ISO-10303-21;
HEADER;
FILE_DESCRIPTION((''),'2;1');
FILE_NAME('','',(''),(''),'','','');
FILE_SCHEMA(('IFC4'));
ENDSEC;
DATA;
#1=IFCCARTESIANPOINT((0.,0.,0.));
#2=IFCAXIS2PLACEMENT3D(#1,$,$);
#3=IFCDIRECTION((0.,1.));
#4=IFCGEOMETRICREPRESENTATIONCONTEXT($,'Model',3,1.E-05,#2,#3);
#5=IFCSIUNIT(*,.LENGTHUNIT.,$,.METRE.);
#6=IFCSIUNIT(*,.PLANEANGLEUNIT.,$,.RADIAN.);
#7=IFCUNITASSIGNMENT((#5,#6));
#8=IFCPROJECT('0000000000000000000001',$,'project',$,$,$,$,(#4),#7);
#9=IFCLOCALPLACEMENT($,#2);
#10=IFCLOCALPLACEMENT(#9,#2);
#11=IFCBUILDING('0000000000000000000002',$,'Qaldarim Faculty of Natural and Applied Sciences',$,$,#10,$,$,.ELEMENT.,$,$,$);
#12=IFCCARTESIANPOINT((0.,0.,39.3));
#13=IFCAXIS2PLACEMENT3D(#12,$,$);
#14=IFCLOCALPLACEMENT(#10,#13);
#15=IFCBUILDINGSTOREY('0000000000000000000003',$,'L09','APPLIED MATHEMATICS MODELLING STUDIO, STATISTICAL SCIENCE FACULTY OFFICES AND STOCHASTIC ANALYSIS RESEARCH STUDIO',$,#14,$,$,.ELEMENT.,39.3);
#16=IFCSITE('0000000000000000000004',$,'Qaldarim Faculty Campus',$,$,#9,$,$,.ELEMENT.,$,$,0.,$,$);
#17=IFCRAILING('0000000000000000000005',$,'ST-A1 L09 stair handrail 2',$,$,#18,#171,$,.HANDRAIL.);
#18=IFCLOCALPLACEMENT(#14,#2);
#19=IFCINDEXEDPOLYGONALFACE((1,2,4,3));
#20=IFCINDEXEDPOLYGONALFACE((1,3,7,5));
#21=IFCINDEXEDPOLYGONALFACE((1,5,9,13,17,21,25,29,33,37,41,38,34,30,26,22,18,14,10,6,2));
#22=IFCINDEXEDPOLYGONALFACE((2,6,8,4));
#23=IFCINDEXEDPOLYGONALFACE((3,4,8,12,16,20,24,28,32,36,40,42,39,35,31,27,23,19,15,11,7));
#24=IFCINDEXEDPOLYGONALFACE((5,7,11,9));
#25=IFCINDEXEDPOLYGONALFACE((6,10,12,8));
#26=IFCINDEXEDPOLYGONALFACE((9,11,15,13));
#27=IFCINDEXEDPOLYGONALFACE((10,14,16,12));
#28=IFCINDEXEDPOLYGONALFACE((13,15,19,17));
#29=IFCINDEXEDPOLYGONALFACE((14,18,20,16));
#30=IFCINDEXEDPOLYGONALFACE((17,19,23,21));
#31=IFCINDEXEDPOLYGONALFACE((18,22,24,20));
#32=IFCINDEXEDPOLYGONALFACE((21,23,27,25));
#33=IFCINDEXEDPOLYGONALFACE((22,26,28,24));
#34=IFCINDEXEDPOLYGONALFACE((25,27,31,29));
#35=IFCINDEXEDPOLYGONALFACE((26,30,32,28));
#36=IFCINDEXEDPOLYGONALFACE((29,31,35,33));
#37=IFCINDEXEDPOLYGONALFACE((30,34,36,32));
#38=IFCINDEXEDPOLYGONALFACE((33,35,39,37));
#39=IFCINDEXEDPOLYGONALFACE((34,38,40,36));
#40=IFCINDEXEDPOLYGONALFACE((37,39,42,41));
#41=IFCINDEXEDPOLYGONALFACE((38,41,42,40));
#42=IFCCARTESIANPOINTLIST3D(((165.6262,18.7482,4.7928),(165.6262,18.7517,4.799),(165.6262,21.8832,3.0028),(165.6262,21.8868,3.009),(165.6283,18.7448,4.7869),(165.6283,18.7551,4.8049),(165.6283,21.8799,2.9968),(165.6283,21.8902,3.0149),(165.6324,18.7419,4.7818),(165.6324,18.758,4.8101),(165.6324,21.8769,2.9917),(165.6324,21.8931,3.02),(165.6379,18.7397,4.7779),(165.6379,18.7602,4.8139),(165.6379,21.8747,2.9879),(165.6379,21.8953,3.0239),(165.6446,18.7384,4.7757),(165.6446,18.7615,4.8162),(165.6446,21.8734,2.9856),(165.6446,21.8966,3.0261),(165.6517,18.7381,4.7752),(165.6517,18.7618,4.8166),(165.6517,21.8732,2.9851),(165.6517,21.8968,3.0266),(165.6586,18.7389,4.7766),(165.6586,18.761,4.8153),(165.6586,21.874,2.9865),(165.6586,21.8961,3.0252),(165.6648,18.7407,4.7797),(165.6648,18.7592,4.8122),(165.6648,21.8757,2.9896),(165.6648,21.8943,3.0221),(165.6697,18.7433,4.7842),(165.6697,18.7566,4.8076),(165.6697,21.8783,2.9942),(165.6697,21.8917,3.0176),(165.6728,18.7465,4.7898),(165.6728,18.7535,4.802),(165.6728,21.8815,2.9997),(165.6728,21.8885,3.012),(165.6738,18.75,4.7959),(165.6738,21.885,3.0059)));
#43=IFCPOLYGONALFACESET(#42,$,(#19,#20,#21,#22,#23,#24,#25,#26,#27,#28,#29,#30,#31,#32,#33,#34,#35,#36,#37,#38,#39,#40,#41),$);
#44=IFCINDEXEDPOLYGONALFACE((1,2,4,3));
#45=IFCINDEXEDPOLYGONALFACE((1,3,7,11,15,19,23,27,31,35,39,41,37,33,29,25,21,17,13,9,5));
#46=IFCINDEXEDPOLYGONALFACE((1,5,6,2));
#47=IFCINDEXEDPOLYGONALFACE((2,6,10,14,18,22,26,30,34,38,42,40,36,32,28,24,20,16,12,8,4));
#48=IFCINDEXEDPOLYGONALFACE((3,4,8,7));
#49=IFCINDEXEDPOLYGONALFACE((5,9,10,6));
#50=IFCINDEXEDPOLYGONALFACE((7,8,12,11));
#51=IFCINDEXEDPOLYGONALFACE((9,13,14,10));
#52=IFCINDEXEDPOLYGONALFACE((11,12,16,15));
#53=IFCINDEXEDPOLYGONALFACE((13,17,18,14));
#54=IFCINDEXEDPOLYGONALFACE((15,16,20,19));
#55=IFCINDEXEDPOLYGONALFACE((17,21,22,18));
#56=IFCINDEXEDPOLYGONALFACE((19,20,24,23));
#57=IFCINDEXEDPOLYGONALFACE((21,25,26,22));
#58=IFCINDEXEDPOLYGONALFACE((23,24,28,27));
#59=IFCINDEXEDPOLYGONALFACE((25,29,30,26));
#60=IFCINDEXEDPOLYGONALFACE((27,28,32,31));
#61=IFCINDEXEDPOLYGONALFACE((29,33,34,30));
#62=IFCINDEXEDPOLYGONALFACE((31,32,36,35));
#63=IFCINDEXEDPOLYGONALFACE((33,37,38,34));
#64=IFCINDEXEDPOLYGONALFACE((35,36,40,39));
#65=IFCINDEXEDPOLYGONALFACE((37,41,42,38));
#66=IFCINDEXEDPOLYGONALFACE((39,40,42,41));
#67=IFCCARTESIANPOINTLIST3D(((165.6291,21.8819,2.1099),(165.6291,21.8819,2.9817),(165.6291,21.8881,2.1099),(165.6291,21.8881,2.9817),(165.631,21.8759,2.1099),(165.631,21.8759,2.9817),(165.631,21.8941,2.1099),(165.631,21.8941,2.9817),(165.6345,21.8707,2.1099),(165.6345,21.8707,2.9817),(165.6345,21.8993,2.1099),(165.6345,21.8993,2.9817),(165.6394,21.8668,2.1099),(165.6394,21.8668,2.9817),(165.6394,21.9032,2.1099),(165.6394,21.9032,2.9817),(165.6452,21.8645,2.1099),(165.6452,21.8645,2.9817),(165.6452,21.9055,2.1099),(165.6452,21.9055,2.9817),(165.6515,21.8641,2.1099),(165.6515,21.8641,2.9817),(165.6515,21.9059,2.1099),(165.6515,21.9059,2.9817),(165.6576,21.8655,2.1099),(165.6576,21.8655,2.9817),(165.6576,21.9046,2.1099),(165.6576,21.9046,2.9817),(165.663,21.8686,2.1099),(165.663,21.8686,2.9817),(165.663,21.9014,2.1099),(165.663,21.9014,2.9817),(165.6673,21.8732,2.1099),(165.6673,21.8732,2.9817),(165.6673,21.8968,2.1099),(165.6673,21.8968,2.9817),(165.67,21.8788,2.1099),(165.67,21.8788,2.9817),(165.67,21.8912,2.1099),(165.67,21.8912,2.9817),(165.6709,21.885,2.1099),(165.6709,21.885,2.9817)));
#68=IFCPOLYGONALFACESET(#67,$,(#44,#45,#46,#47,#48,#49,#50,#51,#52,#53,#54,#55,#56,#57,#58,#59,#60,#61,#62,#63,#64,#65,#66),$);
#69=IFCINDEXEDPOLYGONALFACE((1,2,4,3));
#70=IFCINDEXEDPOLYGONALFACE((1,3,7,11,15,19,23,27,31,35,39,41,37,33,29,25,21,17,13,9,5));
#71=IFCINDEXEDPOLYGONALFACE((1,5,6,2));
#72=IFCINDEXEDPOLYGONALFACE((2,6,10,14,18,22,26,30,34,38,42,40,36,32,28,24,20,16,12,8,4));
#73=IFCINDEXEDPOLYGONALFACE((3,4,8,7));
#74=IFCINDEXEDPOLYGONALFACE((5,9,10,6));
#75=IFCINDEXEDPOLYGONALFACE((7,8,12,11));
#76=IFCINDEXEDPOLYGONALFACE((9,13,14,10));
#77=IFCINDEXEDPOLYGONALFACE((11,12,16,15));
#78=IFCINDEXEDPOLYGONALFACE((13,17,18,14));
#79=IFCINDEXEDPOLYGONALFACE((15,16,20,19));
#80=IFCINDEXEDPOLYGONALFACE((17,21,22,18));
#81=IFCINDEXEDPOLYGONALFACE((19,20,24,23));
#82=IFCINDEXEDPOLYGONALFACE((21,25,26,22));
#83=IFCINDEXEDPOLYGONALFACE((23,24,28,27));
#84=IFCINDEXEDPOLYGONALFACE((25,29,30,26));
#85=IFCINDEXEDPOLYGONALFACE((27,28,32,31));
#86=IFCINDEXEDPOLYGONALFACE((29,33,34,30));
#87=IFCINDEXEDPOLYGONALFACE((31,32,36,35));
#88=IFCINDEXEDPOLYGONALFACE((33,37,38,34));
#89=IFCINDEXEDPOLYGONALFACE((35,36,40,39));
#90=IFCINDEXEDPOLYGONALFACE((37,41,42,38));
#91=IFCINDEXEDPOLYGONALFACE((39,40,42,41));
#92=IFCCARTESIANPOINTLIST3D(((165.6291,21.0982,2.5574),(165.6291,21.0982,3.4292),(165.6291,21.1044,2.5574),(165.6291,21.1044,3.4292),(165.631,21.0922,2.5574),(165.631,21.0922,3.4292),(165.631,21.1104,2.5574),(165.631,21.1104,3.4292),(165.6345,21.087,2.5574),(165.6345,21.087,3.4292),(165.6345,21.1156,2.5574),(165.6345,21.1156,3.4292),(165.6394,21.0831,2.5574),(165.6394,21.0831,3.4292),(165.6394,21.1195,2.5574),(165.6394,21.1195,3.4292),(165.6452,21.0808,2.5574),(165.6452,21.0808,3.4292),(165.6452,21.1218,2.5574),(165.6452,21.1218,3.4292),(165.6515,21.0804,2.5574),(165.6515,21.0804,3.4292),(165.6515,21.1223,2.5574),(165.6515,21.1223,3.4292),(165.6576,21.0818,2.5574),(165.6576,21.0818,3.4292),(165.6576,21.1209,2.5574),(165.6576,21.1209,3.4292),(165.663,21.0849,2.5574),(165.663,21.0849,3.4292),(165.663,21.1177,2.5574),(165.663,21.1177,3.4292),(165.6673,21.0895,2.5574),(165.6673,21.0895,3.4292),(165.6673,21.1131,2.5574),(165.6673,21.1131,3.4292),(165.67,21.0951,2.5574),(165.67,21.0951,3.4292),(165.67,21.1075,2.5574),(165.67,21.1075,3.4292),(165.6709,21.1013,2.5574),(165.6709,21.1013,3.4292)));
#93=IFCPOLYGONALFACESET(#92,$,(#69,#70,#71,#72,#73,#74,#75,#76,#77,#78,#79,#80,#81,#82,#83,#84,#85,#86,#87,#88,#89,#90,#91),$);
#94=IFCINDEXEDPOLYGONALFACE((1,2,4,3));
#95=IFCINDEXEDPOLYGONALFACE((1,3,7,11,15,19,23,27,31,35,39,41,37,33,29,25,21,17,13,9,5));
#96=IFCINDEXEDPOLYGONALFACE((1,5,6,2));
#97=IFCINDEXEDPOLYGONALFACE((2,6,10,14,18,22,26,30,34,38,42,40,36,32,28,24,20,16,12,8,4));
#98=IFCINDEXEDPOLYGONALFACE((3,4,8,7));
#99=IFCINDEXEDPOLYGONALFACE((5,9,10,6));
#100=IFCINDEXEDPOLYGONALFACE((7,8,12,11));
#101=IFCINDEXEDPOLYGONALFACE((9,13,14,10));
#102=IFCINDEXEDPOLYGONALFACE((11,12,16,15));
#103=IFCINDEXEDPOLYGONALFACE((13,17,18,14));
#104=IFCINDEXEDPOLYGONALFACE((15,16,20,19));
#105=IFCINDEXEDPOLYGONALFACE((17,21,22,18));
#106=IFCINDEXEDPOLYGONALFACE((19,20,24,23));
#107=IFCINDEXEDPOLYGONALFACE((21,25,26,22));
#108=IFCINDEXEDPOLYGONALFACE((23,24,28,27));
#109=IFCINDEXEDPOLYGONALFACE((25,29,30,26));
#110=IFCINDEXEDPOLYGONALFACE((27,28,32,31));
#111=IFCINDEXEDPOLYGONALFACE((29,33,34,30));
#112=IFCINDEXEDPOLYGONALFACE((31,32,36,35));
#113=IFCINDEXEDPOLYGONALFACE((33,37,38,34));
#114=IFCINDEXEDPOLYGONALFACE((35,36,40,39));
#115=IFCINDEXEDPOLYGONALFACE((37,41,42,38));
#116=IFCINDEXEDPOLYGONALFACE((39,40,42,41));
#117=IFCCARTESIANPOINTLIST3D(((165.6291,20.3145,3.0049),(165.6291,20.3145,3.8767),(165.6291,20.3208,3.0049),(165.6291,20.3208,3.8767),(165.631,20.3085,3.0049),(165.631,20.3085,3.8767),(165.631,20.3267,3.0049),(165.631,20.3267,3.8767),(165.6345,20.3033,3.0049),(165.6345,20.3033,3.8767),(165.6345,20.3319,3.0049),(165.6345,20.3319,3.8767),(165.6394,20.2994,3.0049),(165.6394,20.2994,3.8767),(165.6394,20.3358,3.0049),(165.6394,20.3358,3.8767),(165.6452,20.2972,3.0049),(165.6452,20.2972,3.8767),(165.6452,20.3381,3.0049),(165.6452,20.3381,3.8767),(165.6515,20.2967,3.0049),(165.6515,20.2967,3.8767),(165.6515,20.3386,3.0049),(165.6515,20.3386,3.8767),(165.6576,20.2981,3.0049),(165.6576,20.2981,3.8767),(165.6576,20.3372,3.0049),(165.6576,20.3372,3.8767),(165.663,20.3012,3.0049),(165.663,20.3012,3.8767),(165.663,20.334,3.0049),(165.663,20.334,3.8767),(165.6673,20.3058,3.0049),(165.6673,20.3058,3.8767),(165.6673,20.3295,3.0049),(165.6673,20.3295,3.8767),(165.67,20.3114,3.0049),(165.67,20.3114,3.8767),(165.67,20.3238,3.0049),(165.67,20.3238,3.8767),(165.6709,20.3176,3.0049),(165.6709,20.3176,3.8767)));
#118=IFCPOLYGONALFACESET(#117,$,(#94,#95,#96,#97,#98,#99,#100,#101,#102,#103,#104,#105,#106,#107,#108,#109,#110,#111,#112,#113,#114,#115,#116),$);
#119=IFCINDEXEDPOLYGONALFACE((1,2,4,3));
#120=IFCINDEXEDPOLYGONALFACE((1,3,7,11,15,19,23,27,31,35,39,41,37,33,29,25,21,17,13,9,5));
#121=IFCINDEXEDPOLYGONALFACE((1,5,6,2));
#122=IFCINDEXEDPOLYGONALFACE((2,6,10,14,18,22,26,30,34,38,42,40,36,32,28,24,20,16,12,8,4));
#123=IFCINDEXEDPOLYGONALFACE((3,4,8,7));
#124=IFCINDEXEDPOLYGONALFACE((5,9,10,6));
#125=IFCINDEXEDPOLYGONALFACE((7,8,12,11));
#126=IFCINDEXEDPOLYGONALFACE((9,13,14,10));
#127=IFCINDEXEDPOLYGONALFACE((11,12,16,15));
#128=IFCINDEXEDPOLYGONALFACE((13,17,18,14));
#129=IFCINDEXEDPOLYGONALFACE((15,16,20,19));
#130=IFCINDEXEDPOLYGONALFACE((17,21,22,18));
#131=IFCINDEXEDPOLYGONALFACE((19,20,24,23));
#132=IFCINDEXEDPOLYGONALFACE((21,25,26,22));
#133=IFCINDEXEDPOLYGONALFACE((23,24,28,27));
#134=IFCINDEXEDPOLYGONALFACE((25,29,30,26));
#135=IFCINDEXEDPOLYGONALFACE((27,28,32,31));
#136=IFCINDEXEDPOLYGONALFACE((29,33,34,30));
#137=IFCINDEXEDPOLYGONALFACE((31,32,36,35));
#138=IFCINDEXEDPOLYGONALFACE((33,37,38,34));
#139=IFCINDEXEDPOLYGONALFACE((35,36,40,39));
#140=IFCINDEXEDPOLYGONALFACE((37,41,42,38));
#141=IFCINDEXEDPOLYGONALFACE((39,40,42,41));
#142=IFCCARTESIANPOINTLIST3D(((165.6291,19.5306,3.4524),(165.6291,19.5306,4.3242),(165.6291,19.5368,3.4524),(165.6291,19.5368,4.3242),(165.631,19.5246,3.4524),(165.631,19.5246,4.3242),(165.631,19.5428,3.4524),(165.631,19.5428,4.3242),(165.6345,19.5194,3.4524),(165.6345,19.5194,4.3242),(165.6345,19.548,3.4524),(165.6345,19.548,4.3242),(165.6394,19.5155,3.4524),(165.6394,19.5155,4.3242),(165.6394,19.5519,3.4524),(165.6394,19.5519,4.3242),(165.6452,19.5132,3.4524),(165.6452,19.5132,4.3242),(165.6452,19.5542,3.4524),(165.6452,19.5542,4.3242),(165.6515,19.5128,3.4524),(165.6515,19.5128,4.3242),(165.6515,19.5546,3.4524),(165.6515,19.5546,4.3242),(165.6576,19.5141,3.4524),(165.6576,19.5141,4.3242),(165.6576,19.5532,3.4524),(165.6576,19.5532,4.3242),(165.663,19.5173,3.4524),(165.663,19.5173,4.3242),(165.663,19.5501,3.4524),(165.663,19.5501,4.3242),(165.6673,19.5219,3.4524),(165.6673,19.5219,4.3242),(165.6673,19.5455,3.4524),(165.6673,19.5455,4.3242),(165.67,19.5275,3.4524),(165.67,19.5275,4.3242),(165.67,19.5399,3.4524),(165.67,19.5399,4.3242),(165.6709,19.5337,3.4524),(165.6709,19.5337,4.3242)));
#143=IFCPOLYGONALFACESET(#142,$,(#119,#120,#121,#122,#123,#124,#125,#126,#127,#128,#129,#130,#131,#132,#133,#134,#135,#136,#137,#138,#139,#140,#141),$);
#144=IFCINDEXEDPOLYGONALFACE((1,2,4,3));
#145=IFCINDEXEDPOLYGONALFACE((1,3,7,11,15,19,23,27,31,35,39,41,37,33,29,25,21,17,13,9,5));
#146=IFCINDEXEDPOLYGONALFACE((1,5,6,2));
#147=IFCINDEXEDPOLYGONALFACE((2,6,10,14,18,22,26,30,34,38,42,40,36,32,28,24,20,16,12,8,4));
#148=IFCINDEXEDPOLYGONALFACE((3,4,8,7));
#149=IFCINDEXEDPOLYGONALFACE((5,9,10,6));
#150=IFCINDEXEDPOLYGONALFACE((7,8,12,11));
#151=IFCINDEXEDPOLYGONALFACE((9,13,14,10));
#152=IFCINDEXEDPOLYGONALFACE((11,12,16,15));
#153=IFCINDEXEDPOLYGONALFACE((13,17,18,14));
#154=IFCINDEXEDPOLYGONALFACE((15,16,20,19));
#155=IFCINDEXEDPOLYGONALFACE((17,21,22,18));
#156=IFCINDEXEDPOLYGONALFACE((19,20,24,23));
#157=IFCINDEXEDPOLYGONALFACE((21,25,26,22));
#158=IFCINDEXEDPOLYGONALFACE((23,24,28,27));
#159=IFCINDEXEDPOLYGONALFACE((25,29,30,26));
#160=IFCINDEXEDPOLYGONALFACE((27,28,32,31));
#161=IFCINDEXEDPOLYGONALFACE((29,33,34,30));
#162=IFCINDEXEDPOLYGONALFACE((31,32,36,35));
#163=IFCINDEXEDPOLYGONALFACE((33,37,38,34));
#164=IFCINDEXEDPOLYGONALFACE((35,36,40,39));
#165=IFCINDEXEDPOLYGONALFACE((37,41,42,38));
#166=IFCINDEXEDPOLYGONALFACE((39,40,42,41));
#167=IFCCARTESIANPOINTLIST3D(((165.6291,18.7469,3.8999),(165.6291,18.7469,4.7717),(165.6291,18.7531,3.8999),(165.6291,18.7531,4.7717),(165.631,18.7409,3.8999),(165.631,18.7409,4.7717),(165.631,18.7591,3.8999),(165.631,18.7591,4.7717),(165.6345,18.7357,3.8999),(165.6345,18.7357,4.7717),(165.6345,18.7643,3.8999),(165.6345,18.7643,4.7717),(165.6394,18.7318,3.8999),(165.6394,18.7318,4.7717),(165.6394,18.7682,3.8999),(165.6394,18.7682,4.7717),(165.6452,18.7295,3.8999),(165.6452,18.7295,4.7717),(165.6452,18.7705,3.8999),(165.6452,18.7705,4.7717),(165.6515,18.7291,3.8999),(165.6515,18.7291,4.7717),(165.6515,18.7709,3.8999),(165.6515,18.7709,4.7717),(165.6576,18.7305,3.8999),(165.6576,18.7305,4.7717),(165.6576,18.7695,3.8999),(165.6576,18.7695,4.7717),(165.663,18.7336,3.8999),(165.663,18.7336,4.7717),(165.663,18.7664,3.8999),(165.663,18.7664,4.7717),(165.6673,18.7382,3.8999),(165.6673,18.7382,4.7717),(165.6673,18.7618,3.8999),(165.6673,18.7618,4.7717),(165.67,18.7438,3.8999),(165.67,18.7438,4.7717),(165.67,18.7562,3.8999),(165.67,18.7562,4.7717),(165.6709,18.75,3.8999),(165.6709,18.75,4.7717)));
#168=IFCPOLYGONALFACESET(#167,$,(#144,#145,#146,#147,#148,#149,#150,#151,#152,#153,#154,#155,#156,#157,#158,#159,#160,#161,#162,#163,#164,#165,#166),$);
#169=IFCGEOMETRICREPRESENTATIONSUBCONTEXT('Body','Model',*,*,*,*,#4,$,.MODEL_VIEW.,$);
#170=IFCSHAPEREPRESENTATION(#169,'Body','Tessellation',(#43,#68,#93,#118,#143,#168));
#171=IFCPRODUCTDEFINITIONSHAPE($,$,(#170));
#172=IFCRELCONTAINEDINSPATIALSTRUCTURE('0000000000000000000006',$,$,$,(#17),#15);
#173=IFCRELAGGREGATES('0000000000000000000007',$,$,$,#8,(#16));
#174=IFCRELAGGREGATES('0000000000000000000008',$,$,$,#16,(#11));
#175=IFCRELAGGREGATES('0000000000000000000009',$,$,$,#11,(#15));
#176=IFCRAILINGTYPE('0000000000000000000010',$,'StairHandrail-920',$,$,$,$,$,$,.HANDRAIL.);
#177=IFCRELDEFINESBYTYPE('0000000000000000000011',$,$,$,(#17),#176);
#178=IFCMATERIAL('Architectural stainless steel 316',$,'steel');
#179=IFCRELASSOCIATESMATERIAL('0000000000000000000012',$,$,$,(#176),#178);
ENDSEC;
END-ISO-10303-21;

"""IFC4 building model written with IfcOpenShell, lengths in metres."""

from ifc_helpers import new_model, si_unit, direction, frame, origin, origin_2d, place, context, subcontext, project, spatial, circle, extrude, material, type_object, element, save


model = new_model("IFC4")

# Units and contexts
model_context = context("Model", 3, precision=1e-05, world=origin(), true_north=direction((0.0, 1.0)))
body_context = subcontext(model_context, "Body", "Model", "MODEL_VIEW")
ifc_project = project(units=[si_unit("LENGTHUNIT", "METRE"), si_unit("PLANEANGLEUNIT", "RADIAN")], contexts=[model_context])

# Site, building, storey
site_placement = place(None, origin())
site = spatial("IfcSite", under=ifc_project, at=site_placement, Name="Qaldarim Faculty Campus", CompositionType="ELEMENT", RefElevation=0.0)
building_placement = place(site_placement, origin())
building = spatial("IfcBuilding", under=site, at=building_placement, Name="Qaldarim Faculty of Natural and Applied Sciences", CompositionType="ELEMENT")
storey_placement = place(building_placement, frame((0.0, 0.0, 39.3)))
storey = spatial("IfcBuildingStorey", under=building, at=storey_placement, Name="L09", Description="APPLIED MATHEMATICS MODELLING STUDIO, STATISTICAL SCIENCE FACULTY OFFICES AND STOCHASTIC ANALYSIS RESEARCH STUDIO", CompositionType="ELEMENT", Elevation=39.3)

# Shared definitions
ifc_material_1 = material(Name="Architectural stainless steel 316", Category="steel")

# Railing
railing_type_1 = type_object("IfcRailingType", Name="StairHandrail-920", PredefinedType="HANDRAIL", material=ifc_material_1)
railing_1_placement = place(storey_placement, frame((165.6499, 21.885, 2.1099)))
element("IfcRailing", 1, at=railing_1_placement, inside=storey, type_object=railing_type_1, Name="ST-A1 L09 stair handrail 2", PredefinedType="HANDRAIL", context=body_context, shape_type="SweptSolid", body=[
    extrude(circle(Radius=0.0239, at=origin_2d()), frame((0.0, 0.0, 0.896), z_axis=(0.0, -0.86841, 0.495848), x_axis=(1.0, 0.0, 0.0)), (0.0, 0.0, 1.0), 3.6101),
    extrude(circle(Radius=0.021, at=origin_2d()), origin(), (0.0, 0.0, 1.0), 0.8718),
    extrude(circle(Radius=0.021, at=origin_2d()), frame((0.0, -0.7837, 0.4475)), (0.0, 0.0, 1.0), 0.8718),
    extrude(circle(Radius=0.021, at=origin_2d()), frame((0.0, -1.5674, 0.895)), (0.0, 0.0, 1.0), 0.8718),
    extrude(circle(Radius=0.021, at=origin_2d()), frame((0.0, -2.3513, 1.3425)), (0.0, 0.0, 1.0), 0.8718),
    extrude(circle(Radius=0.021, at=origin_2d()), frame((0.0, -3.135, 1.79)), (0.0, 0.0, 1.0), 0.8718),
])

save(model, "model.ifc")
